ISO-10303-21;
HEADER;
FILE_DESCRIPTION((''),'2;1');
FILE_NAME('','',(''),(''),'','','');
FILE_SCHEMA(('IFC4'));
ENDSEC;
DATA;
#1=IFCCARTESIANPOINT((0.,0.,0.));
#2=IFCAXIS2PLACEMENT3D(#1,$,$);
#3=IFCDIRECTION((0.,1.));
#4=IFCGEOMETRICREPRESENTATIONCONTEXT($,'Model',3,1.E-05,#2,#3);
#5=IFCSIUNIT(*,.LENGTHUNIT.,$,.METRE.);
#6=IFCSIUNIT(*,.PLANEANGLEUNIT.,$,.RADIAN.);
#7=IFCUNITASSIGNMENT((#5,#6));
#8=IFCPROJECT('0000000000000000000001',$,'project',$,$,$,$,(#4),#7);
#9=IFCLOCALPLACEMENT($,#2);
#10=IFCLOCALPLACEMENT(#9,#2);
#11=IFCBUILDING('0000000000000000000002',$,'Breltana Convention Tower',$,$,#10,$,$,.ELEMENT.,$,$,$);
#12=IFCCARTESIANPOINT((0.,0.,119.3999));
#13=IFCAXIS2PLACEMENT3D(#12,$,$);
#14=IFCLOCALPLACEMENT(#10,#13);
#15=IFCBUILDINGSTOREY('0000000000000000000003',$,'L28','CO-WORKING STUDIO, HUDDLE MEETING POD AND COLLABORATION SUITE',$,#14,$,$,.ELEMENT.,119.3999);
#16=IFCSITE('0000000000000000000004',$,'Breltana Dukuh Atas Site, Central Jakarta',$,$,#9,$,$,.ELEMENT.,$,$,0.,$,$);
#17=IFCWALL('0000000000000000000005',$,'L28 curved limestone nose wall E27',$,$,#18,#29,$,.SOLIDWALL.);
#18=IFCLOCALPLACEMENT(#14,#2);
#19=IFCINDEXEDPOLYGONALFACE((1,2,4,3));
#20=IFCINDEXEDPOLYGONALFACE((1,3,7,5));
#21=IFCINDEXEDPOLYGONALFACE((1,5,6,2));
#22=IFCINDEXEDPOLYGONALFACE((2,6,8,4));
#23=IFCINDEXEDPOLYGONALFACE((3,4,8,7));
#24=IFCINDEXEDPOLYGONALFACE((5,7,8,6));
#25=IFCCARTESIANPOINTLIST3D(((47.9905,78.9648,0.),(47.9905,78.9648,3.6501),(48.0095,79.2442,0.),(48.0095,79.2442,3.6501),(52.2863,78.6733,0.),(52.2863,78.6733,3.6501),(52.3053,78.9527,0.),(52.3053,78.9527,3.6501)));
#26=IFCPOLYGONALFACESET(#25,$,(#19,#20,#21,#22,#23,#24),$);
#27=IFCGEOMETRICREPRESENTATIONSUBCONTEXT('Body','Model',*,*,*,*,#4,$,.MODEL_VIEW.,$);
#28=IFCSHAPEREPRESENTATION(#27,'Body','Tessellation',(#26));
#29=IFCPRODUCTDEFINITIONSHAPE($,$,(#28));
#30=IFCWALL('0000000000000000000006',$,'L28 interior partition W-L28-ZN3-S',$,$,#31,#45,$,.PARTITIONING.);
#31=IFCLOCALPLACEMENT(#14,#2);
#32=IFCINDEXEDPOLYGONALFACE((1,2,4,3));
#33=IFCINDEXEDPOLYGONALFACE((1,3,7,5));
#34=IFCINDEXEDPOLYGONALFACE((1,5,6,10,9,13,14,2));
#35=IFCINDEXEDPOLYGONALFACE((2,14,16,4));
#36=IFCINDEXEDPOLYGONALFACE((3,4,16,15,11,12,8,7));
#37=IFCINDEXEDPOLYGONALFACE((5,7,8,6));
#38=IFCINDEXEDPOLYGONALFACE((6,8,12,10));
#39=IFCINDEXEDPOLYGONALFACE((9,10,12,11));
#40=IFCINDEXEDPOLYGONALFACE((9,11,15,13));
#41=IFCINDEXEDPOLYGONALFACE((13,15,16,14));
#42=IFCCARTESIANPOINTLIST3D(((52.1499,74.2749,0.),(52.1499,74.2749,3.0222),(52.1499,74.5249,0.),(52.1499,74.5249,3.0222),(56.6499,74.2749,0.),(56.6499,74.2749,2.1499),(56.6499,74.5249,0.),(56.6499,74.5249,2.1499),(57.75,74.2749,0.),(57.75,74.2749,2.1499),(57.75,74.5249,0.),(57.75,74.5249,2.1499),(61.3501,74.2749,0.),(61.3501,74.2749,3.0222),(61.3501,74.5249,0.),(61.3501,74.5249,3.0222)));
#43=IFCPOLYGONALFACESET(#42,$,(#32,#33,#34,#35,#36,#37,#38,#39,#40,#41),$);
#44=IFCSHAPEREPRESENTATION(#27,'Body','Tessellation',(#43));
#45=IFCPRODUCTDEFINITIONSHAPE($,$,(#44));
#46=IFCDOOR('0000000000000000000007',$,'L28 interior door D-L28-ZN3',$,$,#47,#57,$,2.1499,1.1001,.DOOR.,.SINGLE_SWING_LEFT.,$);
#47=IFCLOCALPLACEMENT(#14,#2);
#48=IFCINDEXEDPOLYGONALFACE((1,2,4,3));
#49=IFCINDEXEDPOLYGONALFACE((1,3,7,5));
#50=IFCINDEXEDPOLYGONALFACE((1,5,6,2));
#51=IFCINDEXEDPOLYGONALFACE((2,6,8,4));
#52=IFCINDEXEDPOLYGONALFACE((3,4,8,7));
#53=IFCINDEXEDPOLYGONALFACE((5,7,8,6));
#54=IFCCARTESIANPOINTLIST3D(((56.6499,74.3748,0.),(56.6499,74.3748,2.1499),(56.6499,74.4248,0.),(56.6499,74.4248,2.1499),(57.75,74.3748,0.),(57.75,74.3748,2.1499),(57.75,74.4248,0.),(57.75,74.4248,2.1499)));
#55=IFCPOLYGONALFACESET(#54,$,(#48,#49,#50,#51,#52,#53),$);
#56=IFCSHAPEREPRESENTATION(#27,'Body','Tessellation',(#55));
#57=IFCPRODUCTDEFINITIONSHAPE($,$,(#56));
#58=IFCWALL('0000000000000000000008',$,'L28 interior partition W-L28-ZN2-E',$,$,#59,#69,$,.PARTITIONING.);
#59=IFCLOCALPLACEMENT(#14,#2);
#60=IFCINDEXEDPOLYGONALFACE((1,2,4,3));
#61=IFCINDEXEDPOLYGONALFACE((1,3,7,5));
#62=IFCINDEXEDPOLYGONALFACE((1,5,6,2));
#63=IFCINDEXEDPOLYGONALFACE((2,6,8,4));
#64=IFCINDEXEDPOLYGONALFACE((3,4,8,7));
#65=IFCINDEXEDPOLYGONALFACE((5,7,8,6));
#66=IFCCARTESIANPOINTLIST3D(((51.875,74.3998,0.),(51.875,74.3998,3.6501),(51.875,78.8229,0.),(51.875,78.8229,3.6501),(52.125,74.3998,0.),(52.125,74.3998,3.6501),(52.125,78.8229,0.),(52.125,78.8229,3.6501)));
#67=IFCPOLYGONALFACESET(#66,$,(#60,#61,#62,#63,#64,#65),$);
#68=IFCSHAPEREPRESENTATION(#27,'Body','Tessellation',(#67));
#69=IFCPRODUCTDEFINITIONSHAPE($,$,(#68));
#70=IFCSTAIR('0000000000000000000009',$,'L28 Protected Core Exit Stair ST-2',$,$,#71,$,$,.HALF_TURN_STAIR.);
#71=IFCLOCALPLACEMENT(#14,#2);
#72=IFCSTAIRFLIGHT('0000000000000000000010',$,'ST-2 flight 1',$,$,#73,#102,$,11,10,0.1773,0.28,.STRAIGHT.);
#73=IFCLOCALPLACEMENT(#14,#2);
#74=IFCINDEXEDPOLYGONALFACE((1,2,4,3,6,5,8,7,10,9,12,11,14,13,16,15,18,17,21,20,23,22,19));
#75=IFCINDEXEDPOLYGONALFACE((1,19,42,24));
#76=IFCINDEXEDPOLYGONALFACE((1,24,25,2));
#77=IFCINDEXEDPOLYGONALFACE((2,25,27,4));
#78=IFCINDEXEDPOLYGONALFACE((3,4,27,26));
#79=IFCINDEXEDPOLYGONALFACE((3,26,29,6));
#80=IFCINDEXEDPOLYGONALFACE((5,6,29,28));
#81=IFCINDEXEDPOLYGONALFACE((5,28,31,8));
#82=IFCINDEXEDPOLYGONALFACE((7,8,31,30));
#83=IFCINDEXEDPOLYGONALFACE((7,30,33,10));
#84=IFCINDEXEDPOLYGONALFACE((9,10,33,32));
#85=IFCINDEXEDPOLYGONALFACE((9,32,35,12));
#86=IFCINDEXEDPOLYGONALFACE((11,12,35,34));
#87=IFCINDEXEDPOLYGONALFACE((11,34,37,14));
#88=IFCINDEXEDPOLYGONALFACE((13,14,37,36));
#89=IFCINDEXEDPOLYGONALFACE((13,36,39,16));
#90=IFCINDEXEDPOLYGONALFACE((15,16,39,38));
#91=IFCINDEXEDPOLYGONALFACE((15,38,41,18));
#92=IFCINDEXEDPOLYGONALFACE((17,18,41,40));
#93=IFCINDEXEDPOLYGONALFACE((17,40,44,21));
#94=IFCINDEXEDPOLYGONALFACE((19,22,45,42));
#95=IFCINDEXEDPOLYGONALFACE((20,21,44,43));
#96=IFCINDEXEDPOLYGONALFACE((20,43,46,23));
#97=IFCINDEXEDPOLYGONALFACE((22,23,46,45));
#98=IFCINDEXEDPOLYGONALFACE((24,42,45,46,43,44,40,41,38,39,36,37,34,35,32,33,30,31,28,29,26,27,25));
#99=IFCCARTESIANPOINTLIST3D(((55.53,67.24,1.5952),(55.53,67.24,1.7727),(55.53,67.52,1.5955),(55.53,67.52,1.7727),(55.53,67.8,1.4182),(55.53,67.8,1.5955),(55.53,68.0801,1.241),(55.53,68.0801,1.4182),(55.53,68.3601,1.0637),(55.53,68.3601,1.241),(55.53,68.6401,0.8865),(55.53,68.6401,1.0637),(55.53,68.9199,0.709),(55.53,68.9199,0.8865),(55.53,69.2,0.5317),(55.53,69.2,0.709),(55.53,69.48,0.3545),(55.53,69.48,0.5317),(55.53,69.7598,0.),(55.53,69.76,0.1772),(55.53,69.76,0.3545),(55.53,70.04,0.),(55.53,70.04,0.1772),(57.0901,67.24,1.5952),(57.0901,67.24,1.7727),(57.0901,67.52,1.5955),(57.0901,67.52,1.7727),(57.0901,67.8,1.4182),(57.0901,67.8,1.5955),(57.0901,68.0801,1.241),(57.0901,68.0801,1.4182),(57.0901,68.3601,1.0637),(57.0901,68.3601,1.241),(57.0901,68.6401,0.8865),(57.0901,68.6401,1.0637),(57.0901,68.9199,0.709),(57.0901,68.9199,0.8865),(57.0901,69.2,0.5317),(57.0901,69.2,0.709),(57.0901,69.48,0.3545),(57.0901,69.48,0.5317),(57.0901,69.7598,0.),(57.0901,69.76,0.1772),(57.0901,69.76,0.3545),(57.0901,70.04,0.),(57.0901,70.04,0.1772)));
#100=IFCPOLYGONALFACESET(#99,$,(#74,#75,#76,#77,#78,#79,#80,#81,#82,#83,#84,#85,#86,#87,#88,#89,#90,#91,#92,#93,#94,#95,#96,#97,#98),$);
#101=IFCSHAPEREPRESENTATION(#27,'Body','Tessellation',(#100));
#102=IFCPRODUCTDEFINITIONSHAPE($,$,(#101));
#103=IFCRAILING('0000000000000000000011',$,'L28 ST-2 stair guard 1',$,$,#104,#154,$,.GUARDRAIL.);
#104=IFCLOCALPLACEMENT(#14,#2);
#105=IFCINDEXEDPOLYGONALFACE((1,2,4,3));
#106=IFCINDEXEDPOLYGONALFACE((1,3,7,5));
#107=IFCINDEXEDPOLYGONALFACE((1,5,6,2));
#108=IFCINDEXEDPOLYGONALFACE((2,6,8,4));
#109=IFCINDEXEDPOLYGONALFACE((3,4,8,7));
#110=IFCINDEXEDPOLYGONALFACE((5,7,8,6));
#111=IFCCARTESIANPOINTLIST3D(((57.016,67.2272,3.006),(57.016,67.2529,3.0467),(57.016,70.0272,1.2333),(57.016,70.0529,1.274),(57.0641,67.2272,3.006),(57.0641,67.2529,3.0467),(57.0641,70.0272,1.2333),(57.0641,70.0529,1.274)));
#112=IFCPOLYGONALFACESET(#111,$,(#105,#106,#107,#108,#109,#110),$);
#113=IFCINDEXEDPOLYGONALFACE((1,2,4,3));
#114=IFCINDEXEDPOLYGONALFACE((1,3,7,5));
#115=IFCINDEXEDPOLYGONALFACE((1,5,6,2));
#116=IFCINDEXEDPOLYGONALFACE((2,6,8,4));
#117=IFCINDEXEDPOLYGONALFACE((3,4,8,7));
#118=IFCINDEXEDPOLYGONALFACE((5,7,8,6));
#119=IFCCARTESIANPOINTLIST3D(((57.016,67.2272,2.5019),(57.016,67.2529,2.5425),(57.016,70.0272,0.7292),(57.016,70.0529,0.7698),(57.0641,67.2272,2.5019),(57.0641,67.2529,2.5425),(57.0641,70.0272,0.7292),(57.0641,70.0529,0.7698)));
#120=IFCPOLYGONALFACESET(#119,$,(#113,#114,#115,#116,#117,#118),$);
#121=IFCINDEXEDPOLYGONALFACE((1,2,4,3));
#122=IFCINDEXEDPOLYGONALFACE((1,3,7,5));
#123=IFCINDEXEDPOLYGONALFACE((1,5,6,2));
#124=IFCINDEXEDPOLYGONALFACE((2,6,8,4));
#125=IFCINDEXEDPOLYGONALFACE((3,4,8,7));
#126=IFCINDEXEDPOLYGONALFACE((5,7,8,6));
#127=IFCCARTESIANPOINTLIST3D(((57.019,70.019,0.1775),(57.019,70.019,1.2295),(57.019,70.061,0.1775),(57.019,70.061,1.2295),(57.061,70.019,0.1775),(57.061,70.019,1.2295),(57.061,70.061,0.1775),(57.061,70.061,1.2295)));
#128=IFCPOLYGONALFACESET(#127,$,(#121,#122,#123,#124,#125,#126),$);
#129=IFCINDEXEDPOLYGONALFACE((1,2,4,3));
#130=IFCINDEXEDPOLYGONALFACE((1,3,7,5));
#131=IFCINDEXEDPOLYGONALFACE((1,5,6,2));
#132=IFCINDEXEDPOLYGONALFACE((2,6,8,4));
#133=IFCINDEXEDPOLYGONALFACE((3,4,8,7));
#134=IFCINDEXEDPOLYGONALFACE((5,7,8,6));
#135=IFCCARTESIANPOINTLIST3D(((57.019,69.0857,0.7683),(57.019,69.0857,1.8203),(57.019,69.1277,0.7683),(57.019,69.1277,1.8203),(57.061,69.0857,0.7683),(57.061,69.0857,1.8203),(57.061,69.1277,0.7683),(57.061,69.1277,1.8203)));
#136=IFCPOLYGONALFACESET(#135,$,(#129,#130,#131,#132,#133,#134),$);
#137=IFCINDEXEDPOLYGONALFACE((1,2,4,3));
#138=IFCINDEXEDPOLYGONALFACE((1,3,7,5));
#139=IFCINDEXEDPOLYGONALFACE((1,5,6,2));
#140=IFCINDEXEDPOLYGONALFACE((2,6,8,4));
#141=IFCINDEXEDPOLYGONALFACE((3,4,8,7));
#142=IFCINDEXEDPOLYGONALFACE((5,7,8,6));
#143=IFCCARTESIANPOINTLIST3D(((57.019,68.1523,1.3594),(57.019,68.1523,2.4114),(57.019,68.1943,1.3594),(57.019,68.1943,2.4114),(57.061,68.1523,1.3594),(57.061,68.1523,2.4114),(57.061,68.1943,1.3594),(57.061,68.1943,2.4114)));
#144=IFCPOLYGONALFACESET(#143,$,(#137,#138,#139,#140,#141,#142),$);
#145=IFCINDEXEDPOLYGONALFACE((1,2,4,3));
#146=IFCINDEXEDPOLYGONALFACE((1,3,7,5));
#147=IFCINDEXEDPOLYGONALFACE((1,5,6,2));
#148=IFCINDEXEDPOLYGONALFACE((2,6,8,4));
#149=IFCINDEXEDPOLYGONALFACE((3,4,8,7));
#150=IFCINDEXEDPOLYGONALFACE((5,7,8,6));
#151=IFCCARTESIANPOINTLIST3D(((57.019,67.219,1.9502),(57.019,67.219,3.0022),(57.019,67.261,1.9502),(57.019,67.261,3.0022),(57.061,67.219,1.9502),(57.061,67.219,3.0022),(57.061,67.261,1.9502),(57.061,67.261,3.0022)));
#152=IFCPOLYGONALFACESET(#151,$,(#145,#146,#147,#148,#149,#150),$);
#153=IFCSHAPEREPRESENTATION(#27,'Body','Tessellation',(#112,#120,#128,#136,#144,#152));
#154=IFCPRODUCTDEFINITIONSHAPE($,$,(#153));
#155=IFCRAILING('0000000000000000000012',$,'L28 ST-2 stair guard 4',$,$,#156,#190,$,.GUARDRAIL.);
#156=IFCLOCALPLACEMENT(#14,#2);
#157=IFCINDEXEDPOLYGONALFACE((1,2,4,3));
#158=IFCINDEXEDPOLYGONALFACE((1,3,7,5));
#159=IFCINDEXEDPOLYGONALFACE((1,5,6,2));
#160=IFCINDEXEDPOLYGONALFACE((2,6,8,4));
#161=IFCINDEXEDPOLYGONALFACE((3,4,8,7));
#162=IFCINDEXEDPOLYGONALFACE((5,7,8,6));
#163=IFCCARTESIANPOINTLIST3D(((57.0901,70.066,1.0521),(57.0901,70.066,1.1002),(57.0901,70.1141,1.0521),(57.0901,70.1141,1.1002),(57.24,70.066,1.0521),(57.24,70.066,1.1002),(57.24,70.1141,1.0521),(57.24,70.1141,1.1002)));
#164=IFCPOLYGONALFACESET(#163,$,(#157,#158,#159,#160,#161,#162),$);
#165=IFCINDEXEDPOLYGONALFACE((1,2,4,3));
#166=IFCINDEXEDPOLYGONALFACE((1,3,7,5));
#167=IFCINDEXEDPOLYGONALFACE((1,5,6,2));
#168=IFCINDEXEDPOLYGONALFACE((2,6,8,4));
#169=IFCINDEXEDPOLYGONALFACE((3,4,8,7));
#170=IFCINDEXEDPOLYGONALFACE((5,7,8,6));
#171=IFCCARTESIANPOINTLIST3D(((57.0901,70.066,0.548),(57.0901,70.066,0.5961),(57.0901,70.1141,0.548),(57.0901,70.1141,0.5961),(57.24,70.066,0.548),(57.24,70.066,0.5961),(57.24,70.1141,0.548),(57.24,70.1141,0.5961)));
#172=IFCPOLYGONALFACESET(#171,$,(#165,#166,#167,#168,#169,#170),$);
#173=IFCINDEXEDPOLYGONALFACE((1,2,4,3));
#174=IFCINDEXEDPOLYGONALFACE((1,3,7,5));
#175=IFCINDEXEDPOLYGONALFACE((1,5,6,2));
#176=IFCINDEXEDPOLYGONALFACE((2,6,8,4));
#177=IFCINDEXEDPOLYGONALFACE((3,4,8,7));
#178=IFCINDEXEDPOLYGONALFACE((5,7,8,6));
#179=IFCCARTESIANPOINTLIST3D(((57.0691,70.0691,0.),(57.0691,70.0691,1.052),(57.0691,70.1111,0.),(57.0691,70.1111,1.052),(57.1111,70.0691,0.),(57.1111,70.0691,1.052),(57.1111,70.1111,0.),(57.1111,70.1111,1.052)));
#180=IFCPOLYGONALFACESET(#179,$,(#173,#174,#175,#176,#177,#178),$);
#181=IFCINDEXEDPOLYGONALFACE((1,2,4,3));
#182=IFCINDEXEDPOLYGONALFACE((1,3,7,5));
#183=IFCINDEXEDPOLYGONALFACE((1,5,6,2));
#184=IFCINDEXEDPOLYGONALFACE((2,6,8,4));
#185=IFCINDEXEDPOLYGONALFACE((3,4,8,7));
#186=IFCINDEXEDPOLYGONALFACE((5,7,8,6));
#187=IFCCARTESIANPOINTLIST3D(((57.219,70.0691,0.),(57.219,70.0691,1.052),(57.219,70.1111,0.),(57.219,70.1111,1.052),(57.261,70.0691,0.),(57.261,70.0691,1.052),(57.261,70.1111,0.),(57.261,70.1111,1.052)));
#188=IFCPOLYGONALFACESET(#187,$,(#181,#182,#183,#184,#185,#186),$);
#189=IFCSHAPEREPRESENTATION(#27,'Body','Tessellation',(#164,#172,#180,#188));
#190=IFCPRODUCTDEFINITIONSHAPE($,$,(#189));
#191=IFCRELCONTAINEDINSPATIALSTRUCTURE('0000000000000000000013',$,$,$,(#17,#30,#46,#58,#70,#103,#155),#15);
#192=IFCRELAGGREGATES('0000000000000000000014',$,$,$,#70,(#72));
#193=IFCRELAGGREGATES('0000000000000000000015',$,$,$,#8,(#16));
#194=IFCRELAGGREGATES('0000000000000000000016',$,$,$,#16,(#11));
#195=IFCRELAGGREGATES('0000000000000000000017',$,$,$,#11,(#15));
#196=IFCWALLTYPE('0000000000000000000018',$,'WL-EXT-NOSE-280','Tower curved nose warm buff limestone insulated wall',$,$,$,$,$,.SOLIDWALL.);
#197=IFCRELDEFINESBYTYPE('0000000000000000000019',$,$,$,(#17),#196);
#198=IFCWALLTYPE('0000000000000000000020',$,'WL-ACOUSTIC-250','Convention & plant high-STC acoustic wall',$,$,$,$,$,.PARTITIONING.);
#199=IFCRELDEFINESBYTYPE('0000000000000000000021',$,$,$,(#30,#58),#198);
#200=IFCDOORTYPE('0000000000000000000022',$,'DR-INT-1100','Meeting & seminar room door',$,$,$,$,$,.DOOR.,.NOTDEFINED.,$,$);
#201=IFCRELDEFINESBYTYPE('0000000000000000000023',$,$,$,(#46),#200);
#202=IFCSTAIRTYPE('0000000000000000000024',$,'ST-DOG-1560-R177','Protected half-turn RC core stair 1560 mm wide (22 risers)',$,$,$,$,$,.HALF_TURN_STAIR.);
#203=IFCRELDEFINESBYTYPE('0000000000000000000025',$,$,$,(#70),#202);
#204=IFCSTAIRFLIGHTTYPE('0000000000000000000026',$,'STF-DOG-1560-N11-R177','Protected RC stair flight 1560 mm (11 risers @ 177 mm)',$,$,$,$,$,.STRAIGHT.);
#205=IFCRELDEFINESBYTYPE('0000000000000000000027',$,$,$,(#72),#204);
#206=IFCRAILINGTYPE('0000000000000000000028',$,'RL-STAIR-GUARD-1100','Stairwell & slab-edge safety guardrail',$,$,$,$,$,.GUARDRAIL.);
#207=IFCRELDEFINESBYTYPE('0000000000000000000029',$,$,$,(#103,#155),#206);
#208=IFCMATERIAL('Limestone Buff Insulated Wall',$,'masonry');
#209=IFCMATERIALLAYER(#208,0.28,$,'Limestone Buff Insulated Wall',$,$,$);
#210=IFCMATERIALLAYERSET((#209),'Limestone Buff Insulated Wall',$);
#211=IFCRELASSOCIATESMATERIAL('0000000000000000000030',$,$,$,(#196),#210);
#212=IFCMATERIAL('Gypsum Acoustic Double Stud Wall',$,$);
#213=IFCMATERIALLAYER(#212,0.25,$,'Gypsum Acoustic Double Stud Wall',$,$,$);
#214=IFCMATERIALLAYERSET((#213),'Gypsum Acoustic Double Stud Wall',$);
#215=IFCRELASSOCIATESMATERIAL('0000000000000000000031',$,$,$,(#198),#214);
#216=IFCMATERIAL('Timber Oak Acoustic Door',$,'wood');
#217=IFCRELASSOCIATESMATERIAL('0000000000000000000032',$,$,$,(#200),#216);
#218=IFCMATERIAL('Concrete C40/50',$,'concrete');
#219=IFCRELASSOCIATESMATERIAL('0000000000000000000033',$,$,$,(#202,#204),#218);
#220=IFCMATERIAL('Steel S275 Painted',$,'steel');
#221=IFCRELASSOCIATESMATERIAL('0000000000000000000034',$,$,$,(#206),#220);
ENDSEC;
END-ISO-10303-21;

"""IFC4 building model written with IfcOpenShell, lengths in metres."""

from ifc_helpers import new_model, si_unit, direction, frame, frame_2d, origin, origin_2d, place, context, subcontext, project, spatial, polyline, rectangle, outline, extrude, source, transform, mapped, material, layer, layer_set, type_object, type_shapes, element, fill, aggregate, save


model = new_model("IFC4")

# Units and contexts
model_context = context("Model", 3, precision=1e-05, world=origin(), true_north=direction((0.0, 1.0)))
body_context = subcontext(model_context, "Body", "Model", "MODEL_VIEW")
ifc_project = project(units=[si_unit("LENGTHUNIT", "METRE"), si_unit("PLANEANGLEUNIT", "RADIAN")], contexts=[model_context])

# Site, building, storey
site_placement = place(None, origin())
site = spatial("IfcSite", under=ifc_project, at=site_placement, Name="Breltana Dukuh Atas Site, Central Jakarta", CompositionType="ELEMENT", RefElevation=0.0)
building_placement = place(site_placement, origin())
building = spatial("IfcBuilding", under=site, at=building_placement, Name="Breltana Convention Tower", CompositionType="ELEMENT")
storey_placement = place(building_placement, frame((0.0, 0.0, 119.3999)))
storey = spatial("IfcBuildingStorey", under=building, at=storey_placement, Name="L28", Description="CO-WORKING STUDIO, HUDDLE MEETING POD AND COLLABORATION SUITE", CompositionType="ELEMENT", Elevation=119.3999)

# Wall
ifc_material_1 = material(Name="Limestone Buff Insulated Wall", Category="masonry")
ifc_layer_1 = layer(ifc_material_1, 0.28, Name="Limestone Buff Insulated Wall")
ifc_layer_set_1 = layer_set([ifc_layer_1], Name="Limestone Buff Insulated Wall")
wall_type_1 = type_object("IfcWallType", Name="WL-EXT-NOSE-280", Description="Tower curved nose warm buff limestone insulated wall", PredefinedType="SOLIDWALL", material=ifc_layer_set_1)
shared_shape_1 = source(origin(), body_context, "Body", "SweptSolid", [
    extrude(rectangle(XDim=4.3057, YDim=0.28, at=frame_2d((2.1528, 0.0))), origin(), (0.0, 0.0, 1.0), 3.6501),
])
wall_1_placement = place(storey_placement, frame((48.0, 79.1045, 0.0), z_axis=(0.0, 0.0, 1.0), x_axis=(0.997706, -0.067701, 0.0)))
element("IfcWall", 1, at=wall_1_placement, inside=storey, type_object=wall_type_1, Name="L28 curved limestone nose wall E27", PredefinedType="SOLIDWALL", context=body_context, shape_type="MappedRepresentation", body=[
    mapped(shared_shape_1, transform((0.0, 0.0, 0.0), scale=1.0)),
])

# Wall, opening, door
ifc_material_2 = material(Name="Gypsum Acoustic Double Stud Wall")
ifc_layer_2 = layer(ifc_material_2, 0.25, Name="Gypsum Acoustic Double Stud Wall")
ifc_layer_set_2 = layer_set([ifc_layer_2], Name="Gypsum Acoustic Double Stud Wall")
wall_type_2 = type_object("IfcWallType", Name="WL-ACOUSTIC-250", Description="Convention & plant high-STC acoustic wall", PredefinedType="PARTITIONING", material=ifc_layer_set_2)
shared_shape_2 = source(origin(), body_context, "Body", "SweptSolid", [
    extrude(rectangle(XDim=9.2002, YDim=0.25, at=frame_2d((4.6001, 0.0))), origin(), (0.0, 0.0, 1.0), 3.0222),
])
wall_2_placement = place(storey_placement, frame((52.1499, 74.3999, 0.0), z_axis=(0.0, 0.0, 1.0), x_axis=(1.0, 0.0, 0.0)))
wall_2 = element("IfcWall", 2, at=wall_2_placement, inside=storey, type_object=wall_type_2, Name="L28 interior partition W-L28-ZN3-S", PredefinedType="PARTITIONING", context=body_context, shape_type="MappedRepresentation", body=[
    mapped(shared_shape_2, transform((0.0, 0.0, 0.0), scale=1.0)),
])
opening_1_placement = place(wall_2_placement, frame((4.5, 0.0, 0.0)))
opening_1 = element("IfcOpeningElement", 3, at=opening_1_placement, cuts=wall_2, PredefinedType="OPENING", context=body_context, shape_type="SweptSolid", body=[
    extrude(rectangle(XDim=1.1001, YDim=2.1499, at=frame_2d((0.55, 1.075))), frame((0.0, 0.135, 0.0), z_axis=(0.0, -1.0, 0.0), x_axis=(1.0, 0.0, 0.0)), (0.0, 0.0, 1.0), 0.27),
])
ifc_material_3 = material(Name="Timber Oak Acoustic Door", Category="wood")
door_type_1 = type_object("IfcDoorType", Name="DR-INT-1100", Description="Meeting & seminar room door", OperationType="NOTDEFINED", PredefinedType="DOOR", material=ifc_material_3)
shared_shape_3 = source(origin(), body_context, "Body", "SweptSolid", [
    extrude(rectangle(XDim=1.1001, YDim=2.1499, at=frame_2d((0.55, 1.075))), frame((0.0, 0.0249, 0.0), z_axis=(0.0, -1.0, 0.0), x_axis=(1.0, 0.0, 0.0)), (0.0, 0.0, 1.0), 0.05),
])
type_shapes(door_type_1, [shared_shape_3])
door_1_placement = place(opening_1_placement, origin())
door_1 = element("IfcDoor", 4, at=door_1_placement, inside=storey, type_object=door_type_1, Name="L28 interior door D-L28-ZN3", OperationType="SINGLE_SWING_LEFT", OverallHeight=2.1499, OverallWidth=1.1001, PredefinedType="DOOR", context=body_context, shape_type="MappedRepresentation", body=[
    mapped(shared_shape_3, transform((0.0, 0.0, 0.0), scale=1.0)),
])
fill(opening_1, door_1)

# Wall
shared_shape_4 = source(origin(), body_context, "Body", "SweptSolid", [
    extrude(rectangle(XDim=4.4231, YDim=0.25, at=frame_2d((2.2114, 0.0))), origin(), (0.0, 0.0, 1.0), 3.6501),
])
wall_3_placement = place(storey_placement, frame((52.0, 74.3999, 0.0), z_axis=(0.0, 0.0, 1.0), x_axis=(0.0, 1.0, 0.0)))
element("IfcWall", 5, at=wall_3_placement, inside=storey, type_object=wall_type_2, Name="L28 interior partition W-L28-ZN2-E", PredefinedType="PARTITIONING", context=body_context, shape_type="MappedRepresentation", body=[
    mapped(shared_shape_4, transform((0.0, 0.0, 0.0), scale=1.0)),
])

# Stair, stair flight
ifc_material_4 = material(Name="Concrete C40/50", Category="concrete")
stair_type = type_object("IfcStairType", Name="ST-DOG-1560-R177", Description="Protected half-turn RC core stair 1560 mm wide (22 risers)", PredefinedType="HALF_TURN_STAIR", material=ifc_material_4)
stair_placement = place(storey_placement, origin())
stair = element("IfcStair", 6, at=stair_placement, inside=storey, type_object=stair_type, Name="L28 Protected Core Exit Stair ST-2", PredefinedType="HALF_TURN_STAIR")
stair_flight_type = type_object("IfcStairFlightType", Name="STF-DOG-1560-N11-R177", Description="Protected RC stair flight 1560 mm (11 risers @ 177 mm)", PredefinedType="STRAIGHT", material=ifc_material_4)
stair_flight_placement = place(storey_placement, frame((56.3101, 70.04, 0.0), z_axis=(0.0, 0.0, 1.0), x_axis=(0.0, -1.0, 0.0)))
stair_flight = element("IfcStairFlight", 7, at=stair_flight_placement, type_object=stair_flight_type, Name="ST-2 flight 1", NumberOfRisers=11, NumberOfTreads=10, PredefinedType="STRAIGHT", RiserHeight=0.1773, TreadLength=0.28, context=body_context, shape_type="SweptSolid", body=[
    extrude(outline(polyline([(0.0, 0.0), (0.0, 0.1772), (0.28, 0.1772), (0.28, 0.3545), (0.5601, 0.3545), (0.5601, 0.5317), (0.8401, 0.5317), (0.8401, 0.709), (1.1201, 0.709), (1.1201, 0.8865), (1.3999, 0.8865), (1.3999, 1.0637), (1.6799, 1.0637), (1.6799, 1.241), (1.96, 1.241), (1.96, 1.4182), (2.24, 1.4182), (2.24, 1.5955), (2.52, 1.5955), (2.52, 1.7727), (2.8, 1.7727), (2.8, 1.95), (2.8, 1.5952), (0.2803, 0.0), (0.0, 0.0)])), frame((0.0, 0.78, 0.0), z_axis=(0.0, -1.0, 0.0), x_axis=(1.0, 0.0, 0.0)), (0.0, 0.0, 1.0), 1.5601),
])
aggregate(stair, [stair_flight])

# Railings
ifc_material_5 = material(Name="Steel S275 Painted", Category="steel")
railing_type_1 = type_object("IfcRailingType", Name="RL-STAIR-GUARD-1100", Description="Stairwell & slab-edge safety guardrail", PredefinedType="GUARDRAIL", material=ifc_material_5)
railing_1_placement = place(storey_placement, frame((57.04, 70.04, 0.1775)))
element("IfcRailing", 8, at=railing_1_placement, inside=storey, type_object=railing_type_1, Name="L28 ST-2 stair guard 1", PredefinedType="GUARDRAIL", context=body_context, shape_type="SweptSolid", body=[
    extrude(rectangle(XDim=0.0481, YDim=0.0481, at=origin_2d()), frame((0.0, 0.0, 1.0762), z_axis=(0.0, -0.844909, 0.53491), x_axis=(1.0, 0.0, 0.0)), (0.0, 0.0, 1.0), 3.314),
    extrude(rectangle(XDim=0.0481, YDim=0.0481, at=origin_2d()), frame((0.0, 0.0, 0.572), z_axis=(0.0, -0.844909, 0.53491), x_axis=(1.0, 0.0, 0.0)), (0.0, 0.0, 1.0), 3.314),
    extrude(rectangle(XDim=0.042, YDim=0.042, at=origin_2d()), origin(), (0.0, 0.0, 1.0), 1.052),
    extrude(rectangle(XDim=0.042, YDim=0.042, at=origin_2d()), frame((0.0, -0.9333, 0.5908)), (0.0, 0.0, 1.0), 1.052),
    extrude(rectangle(XDim=0.042, YDim=0.042, at=origin_2d()), frame((0.0, -1.8667, 1.1819)), (0.0, 0.0, 1.0), 1.052),
    extrude(rectangle(XDim=0.042, YDim=0.042, at=origin_2d()), frame((0.0, -2.8, 1.7727)), (0.0, 0.0, 1.0), 1.052),
])
railing_2_placement = place(storey_placement, frame((57.0901, 70.0901, 0.0)))
element("IfcRailing", 9, at=railing_2_placement, inside=storey, type_object=railing_type_1, Name="L28 ST-2 stair guard 4", PredefinedType="GUARDRAIL", context=body_context, shape_type="SweptSolid", body=[
    extrude(rectangle(XDim=0.0481, YDim=0.0481, at=origin_2d()), frame((0.0, 0.0, 1.0762), z_axis=(1.0, 0.0, 0.0), x_axis=(0.0, 1.0, 0.0)), (0.0, 0.0, 1.0), 0.1499),
    extrude(rectangle(XDim=0.0481, YDim=0.0481, at=origin_2d()), frame((0.0, 0.0, 0.572), z_axis=(1.0, 0.0, 0.0), x_axis=(0.0, 1.0, 0.0)), (0.0, 0.0, 1.0), 0.1499),
    extrude(rectangle(XDim=0.042, YDim=0.042, at=origin_2d()), origin(), (0.0, 0.0, 1.0), 1.052),
    extrude(rectangle(XDim=0.042, YDim=0.042, at=origin_2d()), frame((0.1499, 0.0, 0.0)), (0.0, 0.0, 1.0), 1.052),
])

save(model, "model.ifc")
